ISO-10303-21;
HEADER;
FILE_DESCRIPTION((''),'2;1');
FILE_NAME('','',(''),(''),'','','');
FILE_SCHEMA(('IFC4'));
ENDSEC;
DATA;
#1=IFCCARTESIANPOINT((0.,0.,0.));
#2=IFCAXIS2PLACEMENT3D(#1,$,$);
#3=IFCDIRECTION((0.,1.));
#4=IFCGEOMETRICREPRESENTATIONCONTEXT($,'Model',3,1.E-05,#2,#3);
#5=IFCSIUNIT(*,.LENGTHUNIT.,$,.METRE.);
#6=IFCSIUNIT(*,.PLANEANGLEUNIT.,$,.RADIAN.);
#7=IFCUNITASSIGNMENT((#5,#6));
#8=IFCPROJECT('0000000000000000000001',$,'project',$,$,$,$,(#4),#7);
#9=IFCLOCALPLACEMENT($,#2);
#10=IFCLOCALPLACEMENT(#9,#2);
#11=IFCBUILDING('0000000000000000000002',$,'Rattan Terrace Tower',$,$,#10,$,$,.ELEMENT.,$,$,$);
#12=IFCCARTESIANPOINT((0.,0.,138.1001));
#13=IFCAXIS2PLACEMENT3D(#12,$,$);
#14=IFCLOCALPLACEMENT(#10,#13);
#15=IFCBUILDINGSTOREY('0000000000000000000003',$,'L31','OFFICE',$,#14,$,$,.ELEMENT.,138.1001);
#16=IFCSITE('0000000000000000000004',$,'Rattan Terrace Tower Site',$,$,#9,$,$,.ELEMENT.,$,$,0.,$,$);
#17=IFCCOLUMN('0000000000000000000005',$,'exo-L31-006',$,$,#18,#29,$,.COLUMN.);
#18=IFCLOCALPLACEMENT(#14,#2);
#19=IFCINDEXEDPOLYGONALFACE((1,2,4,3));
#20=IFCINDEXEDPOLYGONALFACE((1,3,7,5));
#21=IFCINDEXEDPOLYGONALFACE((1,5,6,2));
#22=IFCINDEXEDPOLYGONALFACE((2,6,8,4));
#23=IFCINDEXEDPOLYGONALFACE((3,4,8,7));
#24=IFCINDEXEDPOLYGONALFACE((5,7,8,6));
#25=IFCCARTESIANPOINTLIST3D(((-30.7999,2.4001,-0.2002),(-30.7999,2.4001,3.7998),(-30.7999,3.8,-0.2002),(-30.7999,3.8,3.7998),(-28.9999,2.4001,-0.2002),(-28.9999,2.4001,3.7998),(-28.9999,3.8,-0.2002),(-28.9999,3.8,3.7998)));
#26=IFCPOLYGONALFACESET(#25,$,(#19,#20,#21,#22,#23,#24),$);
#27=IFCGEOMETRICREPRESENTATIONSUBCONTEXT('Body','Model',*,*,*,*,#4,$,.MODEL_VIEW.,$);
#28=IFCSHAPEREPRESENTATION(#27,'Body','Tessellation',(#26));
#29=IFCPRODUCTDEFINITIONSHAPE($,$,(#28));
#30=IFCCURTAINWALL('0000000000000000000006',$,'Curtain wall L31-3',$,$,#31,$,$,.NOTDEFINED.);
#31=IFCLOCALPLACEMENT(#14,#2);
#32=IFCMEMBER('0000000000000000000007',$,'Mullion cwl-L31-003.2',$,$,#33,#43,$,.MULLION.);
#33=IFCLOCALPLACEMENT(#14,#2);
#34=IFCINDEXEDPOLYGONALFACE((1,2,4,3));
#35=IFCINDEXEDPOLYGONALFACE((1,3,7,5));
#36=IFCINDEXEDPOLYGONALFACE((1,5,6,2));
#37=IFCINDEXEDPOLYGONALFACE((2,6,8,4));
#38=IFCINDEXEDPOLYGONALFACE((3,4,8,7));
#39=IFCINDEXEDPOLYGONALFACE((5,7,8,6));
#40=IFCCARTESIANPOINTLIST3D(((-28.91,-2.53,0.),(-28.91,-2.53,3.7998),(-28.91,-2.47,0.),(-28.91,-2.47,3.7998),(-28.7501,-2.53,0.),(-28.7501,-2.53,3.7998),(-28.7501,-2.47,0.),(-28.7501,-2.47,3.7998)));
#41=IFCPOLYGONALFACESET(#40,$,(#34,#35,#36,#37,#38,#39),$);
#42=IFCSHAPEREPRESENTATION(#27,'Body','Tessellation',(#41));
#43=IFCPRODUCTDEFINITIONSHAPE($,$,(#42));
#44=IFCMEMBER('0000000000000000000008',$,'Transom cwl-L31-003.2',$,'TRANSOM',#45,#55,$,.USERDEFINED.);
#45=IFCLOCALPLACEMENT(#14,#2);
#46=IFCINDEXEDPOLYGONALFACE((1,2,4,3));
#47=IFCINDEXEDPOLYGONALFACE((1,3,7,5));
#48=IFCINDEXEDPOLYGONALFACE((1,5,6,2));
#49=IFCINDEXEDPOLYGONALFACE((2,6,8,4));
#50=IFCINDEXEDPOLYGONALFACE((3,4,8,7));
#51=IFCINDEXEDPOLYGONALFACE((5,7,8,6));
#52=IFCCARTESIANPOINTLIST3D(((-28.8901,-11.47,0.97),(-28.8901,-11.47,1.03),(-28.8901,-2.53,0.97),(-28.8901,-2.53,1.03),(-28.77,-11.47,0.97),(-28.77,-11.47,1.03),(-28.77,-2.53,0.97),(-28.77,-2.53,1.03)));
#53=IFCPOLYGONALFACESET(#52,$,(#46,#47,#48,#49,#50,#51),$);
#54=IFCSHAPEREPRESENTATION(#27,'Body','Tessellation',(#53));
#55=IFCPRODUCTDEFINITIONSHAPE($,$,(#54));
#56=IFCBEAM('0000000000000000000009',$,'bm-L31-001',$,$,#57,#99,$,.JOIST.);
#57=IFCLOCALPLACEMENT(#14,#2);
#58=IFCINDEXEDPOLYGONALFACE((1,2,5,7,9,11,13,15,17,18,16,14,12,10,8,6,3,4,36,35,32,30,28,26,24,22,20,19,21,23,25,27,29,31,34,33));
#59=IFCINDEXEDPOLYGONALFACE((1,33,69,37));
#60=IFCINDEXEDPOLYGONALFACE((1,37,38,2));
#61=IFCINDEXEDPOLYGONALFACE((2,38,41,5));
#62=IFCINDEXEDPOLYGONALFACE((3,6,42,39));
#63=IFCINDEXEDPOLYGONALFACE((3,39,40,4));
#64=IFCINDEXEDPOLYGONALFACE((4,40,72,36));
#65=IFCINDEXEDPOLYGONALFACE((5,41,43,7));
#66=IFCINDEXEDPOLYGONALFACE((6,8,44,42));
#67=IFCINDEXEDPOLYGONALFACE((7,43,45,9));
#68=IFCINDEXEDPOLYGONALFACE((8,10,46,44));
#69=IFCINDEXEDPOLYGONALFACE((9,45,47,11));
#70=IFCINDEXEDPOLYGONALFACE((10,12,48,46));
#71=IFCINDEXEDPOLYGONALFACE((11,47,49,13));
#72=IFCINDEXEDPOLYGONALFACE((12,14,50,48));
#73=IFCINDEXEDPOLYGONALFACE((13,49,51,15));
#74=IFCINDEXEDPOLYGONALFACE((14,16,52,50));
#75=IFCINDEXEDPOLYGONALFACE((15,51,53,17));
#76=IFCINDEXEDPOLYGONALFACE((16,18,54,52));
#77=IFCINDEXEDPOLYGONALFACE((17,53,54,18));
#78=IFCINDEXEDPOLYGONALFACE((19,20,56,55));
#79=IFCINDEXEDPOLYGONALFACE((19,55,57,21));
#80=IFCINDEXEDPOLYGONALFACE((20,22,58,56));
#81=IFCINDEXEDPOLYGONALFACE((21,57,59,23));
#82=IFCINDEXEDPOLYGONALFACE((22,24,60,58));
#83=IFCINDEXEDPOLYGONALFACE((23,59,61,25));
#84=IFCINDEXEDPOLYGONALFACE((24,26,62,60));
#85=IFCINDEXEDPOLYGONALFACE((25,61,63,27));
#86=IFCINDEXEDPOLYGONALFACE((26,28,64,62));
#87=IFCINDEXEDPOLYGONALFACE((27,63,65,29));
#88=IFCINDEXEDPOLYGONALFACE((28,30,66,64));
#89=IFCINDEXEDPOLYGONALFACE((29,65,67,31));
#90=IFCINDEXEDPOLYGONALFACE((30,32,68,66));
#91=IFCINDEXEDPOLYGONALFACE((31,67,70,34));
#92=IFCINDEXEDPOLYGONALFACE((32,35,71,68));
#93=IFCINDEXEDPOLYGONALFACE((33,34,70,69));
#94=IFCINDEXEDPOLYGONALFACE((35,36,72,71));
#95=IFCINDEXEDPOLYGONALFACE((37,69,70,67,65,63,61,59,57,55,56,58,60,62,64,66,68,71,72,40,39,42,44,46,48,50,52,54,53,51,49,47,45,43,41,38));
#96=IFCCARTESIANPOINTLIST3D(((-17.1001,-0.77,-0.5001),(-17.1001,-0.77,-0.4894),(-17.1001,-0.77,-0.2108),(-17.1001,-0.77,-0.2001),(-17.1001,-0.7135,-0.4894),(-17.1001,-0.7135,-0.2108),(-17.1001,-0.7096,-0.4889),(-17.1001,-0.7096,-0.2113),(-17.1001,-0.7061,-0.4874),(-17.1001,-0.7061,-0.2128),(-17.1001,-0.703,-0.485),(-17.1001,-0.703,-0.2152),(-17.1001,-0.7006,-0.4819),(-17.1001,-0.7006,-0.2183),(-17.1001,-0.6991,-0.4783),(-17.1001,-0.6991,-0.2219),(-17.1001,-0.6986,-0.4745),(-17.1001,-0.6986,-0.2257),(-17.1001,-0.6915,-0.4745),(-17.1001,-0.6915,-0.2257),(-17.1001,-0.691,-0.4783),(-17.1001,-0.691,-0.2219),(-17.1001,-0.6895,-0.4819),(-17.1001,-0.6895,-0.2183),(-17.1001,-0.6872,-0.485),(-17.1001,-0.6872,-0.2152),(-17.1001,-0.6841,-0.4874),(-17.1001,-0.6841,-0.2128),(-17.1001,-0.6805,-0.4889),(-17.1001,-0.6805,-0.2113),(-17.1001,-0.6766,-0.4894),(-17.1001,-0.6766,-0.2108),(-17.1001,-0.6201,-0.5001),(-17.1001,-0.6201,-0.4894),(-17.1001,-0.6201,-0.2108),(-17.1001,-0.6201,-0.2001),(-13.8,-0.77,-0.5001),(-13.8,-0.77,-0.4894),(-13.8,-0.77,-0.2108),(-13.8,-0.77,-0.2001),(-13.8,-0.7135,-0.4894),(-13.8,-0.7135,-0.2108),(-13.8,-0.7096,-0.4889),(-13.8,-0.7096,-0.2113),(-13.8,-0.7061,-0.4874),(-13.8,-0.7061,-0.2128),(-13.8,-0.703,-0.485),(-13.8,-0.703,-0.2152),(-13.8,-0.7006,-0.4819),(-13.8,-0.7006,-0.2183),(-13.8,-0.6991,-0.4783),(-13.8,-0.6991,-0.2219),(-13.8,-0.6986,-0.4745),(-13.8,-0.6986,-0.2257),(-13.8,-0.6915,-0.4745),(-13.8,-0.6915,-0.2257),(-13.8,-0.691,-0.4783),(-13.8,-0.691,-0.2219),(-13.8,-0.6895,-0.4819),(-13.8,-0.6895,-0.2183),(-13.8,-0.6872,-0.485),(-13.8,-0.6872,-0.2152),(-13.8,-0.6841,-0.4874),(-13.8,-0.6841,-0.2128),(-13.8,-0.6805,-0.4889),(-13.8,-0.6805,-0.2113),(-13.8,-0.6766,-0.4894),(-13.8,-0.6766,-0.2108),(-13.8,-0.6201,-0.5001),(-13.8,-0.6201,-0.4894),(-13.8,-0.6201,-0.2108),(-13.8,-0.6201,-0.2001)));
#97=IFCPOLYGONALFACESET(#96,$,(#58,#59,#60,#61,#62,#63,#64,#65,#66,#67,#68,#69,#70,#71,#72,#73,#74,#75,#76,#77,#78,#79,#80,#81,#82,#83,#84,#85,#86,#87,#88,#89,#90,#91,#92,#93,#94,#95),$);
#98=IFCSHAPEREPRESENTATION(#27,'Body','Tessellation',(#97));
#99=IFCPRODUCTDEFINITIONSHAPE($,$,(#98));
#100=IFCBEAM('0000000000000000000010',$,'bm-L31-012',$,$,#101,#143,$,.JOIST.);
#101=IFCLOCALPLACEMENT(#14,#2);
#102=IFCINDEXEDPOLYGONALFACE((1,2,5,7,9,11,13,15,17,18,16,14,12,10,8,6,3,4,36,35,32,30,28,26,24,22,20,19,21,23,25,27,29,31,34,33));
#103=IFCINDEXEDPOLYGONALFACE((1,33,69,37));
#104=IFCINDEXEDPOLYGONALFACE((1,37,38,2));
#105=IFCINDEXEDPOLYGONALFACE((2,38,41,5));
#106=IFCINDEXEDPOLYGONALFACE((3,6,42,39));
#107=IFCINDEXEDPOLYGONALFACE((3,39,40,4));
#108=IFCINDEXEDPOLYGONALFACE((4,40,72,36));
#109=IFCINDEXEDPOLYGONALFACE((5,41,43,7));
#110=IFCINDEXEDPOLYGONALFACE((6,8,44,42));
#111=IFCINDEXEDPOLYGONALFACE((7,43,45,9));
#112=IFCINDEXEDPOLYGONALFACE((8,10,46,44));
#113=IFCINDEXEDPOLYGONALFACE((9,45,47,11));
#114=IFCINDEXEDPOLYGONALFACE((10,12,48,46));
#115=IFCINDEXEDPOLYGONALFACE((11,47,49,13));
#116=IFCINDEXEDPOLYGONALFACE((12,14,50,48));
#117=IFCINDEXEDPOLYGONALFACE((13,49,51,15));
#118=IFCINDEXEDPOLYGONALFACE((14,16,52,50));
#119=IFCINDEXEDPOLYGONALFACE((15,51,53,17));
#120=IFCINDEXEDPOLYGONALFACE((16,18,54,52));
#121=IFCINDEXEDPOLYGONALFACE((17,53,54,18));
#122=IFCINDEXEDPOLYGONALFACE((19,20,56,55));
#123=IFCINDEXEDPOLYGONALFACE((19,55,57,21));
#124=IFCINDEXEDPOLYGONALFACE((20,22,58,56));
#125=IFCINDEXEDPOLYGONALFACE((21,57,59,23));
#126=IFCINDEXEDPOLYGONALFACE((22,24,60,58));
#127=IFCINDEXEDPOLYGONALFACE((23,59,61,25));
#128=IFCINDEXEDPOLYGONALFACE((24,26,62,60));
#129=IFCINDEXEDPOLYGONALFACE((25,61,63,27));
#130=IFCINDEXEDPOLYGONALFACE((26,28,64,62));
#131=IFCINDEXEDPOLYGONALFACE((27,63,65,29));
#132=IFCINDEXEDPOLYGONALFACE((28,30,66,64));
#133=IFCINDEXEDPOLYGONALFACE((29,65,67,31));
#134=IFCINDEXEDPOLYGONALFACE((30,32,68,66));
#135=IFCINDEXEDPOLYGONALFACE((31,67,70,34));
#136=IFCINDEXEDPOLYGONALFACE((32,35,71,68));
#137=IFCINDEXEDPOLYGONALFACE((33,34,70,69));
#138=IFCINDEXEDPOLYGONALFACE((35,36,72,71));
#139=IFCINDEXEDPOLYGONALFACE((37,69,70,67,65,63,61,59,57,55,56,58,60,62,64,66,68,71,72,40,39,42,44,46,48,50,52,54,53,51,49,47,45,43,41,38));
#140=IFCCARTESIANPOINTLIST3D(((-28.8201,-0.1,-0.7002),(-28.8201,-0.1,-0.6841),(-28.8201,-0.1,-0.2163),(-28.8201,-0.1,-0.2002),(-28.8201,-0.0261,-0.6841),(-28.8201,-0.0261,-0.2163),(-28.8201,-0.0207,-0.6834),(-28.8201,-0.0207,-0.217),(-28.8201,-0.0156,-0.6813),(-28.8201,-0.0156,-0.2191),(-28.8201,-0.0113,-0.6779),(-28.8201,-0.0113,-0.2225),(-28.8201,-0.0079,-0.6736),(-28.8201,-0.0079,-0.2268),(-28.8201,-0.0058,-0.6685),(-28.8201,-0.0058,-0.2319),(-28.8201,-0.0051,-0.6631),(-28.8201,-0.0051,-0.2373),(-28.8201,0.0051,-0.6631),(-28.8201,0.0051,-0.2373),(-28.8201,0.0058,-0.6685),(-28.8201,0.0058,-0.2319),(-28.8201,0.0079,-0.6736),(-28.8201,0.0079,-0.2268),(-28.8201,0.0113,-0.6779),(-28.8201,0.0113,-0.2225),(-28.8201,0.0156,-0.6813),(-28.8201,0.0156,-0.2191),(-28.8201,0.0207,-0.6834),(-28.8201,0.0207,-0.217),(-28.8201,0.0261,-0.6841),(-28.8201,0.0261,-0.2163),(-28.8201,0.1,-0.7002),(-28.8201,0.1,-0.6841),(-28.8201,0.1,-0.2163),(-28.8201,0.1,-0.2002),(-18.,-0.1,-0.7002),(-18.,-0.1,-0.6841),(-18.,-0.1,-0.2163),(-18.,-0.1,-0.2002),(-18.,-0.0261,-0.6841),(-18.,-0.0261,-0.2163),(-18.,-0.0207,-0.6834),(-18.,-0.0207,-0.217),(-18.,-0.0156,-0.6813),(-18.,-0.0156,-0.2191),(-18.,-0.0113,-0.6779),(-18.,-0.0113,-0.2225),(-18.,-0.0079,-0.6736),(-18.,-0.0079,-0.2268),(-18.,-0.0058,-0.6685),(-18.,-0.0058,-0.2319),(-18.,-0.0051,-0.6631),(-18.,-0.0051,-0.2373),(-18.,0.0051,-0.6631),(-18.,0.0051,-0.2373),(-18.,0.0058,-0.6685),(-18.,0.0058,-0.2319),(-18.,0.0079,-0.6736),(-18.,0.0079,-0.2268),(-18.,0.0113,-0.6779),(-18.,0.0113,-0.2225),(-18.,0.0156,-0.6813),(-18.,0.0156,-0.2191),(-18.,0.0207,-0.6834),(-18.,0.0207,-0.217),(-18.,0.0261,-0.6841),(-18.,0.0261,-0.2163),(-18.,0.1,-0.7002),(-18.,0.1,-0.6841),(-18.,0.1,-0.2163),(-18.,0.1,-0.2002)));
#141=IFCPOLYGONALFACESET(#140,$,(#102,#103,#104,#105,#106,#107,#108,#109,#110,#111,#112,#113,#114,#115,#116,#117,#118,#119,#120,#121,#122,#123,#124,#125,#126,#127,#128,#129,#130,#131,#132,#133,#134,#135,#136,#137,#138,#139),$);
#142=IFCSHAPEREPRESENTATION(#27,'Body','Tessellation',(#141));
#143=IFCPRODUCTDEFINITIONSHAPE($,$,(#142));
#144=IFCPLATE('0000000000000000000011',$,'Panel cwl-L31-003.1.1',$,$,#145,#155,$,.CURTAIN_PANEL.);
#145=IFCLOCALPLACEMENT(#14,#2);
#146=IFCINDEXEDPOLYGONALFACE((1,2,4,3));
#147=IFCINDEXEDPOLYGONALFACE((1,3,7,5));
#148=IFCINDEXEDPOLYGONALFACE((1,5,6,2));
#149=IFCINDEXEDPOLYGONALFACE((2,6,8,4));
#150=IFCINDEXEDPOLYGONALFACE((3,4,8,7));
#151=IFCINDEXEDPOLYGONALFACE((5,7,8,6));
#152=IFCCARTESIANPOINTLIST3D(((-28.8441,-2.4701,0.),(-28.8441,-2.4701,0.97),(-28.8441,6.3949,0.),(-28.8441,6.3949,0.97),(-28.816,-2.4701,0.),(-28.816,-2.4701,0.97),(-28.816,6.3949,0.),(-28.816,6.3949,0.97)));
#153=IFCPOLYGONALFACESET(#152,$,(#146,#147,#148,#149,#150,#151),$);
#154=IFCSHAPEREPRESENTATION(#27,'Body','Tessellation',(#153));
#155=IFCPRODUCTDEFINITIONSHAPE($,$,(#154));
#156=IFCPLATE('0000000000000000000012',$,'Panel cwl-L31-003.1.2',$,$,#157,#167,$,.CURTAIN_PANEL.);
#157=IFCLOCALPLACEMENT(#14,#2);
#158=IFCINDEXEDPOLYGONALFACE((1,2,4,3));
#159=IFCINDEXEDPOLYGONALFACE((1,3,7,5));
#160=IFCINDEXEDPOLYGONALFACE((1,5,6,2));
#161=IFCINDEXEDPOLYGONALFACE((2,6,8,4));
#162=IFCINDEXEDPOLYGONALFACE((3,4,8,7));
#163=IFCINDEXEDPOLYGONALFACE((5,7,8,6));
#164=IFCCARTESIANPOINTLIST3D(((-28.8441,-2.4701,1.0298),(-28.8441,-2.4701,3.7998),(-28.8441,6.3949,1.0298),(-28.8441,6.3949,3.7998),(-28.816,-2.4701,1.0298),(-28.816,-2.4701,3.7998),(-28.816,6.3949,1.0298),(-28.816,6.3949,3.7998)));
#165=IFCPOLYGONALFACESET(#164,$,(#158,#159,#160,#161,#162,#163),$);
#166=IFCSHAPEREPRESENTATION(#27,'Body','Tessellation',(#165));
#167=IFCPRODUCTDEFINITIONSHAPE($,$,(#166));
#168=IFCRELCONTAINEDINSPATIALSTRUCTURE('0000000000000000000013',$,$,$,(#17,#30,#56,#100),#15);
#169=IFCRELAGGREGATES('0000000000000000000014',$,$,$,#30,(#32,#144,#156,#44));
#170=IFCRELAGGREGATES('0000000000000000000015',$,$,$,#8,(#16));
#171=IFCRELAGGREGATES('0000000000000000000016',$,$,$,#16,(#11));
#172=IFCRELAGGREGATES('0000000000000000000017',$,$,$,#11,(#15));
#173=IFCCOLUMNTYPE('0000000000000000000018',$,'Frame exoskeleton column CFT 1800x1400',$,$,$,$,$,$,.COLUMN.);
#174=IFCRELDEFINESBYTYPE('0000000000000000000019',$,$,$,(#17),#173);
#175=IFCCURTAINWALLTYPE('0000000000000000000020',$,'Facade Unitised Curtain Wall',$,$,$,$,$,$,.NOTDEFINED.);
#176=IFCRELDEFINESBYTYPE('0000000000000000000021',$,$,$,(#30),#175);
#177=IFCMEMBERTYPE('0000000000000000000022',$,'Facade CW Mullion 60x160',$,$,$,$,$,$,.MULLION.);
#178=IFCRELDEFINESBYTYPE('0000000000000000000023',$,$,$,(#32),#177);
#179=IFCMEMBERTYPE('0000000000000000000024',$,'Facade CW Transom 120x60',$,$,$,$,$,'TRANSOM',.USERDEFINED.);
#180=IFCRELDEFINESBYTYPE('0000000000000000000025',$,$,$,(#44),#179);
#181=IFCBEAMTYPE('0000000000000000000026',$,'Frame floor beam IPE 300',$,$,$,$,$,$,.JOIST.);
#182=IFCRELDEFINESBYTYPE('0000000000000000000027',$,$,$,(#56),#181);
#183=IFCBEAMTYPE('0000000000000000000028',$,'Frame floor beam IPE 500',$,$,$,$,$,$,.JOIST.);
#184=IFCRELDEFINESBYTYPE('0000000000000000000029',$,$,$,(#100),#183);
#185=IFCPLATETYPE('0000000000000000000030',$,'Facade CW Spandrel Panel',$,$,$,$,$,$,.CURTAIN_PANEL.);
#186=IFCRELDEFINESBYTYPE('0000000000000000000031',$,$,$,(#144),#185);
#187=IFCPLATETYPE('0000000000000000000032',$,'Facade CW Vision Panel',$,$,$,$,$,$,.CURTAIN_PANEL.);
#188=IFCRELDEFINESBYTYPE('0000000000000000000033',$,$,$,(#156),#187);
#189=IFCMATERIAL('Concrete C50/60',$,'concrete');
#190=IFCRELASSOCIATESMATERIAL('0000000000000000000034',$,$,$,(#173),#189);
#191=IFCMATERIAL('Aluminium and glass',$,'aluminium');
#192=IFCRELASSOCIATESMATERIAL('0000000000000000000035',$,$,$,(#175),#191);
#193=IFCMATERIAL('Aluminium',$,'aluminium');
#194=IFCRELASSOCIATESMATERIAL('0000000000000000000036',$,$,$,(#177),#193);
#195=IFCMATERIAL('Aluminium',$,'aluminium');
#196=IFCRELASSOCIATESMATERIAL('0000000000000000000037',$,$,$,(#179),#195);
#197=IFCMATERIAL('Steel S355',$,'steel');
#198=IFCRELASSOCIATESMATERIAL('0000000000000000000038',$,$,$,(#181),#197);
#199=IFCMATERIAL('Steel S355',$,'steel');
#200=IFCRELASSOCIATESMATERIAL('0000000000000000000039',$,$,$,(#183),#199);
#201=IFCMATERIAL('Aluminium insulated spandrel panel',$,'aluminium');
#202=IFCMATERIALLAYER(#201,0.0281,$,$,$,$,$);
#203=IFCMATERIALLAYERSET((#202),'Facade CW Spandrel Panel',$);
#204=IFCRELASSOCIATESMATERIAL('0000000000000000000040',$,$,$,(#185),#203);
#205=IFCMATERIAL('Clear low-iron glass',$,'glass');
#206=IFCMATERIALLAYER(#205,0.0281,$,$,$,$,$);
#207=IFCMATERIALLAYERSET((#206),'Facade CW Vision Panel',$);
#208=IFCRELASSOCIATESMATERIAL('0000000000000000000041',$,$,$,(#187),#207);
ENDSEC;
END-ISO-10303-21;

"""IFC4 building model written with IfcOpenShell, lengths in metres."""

from ifc_helpers import new_model, si_unit, direction, frame, origin, origin_2d, place, context, subcontext, project, spatial, rectangle, i_section, extrude, material, layer, layer_set, material_profile, profile_set, type_object, element, aggregate, save


model = new_model("IFC4")

# Units and contexts
model_context = context("Model", 3, precision=1e-05, world=origin(), true_north=direction((0.0, 1.0)))
body_context = subcontext(model_context, "Body", "Model", "MODEL_VIEW")
ifc_project = project(units=[si_unit("LENGTHUNIT", "METRE"), si_unit("PLANEANGLEUNIT", "RADIAN")], contexts=[model_context])

# Site, building, storey
site_placement = place(None, origin())
site = spatial("IfcSite", under=ifc_project, at=site_placement, Name="Rattan Terrace Tower Site", CompositionType="ELEMENT", RefElevation=0.0)
building_placement = place(site_placement, origin())
building = spatial("IfcBuilding", under=site, at=building_placement, Name="Rattan Terrace Tower", CompositionType="ELEMENT")
storey_placement = place(building_placement, frame((0.0, 0.0, 138.1001)))
storey = spatial("IfcBuildingStorey", under=building, at=storey_placement, Name="L31", Description="OFFICE", CompositionType="ELEMENT", Elevation=138.1001)

# Column
ifc_material_1 = material(Name="Concrete C50/60", Category="concrete")
ifc_material_profile_1 = material_profile(ifc_material_1, rectangle(XDim=1.3999, YDim=1.8, at=origin_2d()), Name="CFT 1800x1400")
ifc_profile_set_1 = profile_set([ifc_material_profile_1], Name="Concrete C50/60")
column_type = type_object("IfcColumnType", Name="Frame exoskeleton column CFT 1800x1400", PredefinedType="COLUMN", material=ifc_profile_set_1)
column_placement = place(storey_placement, frame((-29.8999, 3.1001, -0.2002), z_axis=(0.0, 0.0, 1.0), x_axis=(0.0, 1.0, 0.0)))
element("IfcColumn", 1, at=column_placement, inside=storey, type_object=column_type, Name="exo-L31-006", PredefinedType="COLUMN", context=body_context, shape_type="SweptSolid", body=[
    extrude(rectangle(XDim=1.3999, YDim=1.8, at=origin_2d()), origin(), (0.0, 0.0, 1.0), 4.0),
])

# Curtain wall, members
ifc_material_2 = material(Name="Aluminium and glass", Category="aluminium")
curtain_wall_type = type_object("IfcCurtainWallType", Name="Facade Unitised Curtain Wall", PredefinedType="NOTDEFINED", material=ifc_material_2)
curtain_wall_placement = place(storey_placement, origin())
curtain_wall = element("IfcCurtainWall", 2, at=curtain_wall_placement, inside=storey, type_object=curtain_wall_type, Name="Curtain wall L31-3", PredefinedType="NOTDEFINED")
ifc_material_3 = material(Name="Aluminium", Category="aluminium")
ifc_material_profile_2 = material_profile(ifc_material_3, rectangle(XDim=0.0601, YDim=0.1599, at=origin_2d()), Name="Aluminium 60x160")
ifc_profile_set_2 = profile_set([ifc_material_profile_2], Name="Aluminium")
member_type_1 = type_object("IfcMemberType", Name="Facade CW Mullion 60x160", PredefinedType="MULLION", material=ifc_profile_set_2)
member_1_placement = place(storey_placement, frame((-28.8301, -2.5, 0.0), z_axis=(0.0, 0.0, 1.0), x_axis=(0.0, -1.0, 0.0)))
member_1 = element("IfcMember", 3, at=member_1_placement, type_object=member_type_1, Name="Mullion cwl-L31-003.2", PredefinedType="MULLION", context=body_context, shape_type="SweptSolid", body=[
    extrude(rectangle(XDim=0.0601, YDim=0.1599, at=origin_2d()), origin(), (0.0, 0.0, 1.0), 3.7998),
])
ifc_material_4 = material(Name="Aluminium", Category="aluminium")
ifc_material_profile_3 = material_profile(ifc_material_4, rectangle(XDim=0.1201, YDim=0.0601, at=origin_2d()), Name="Aluminium 120x60")
ifc_profile_set_3 = profile_set([ifc_material_profile_3], Name="Aluminium")
member_type_2 = type_object("IfcMemberType", Name="Facade CW Transom 120x60", ElementType="TRANSOM", PredefinedType="USERDEFINED", material=ifc_profile_set_3)
member_2_placement = place(storey_placement, frame((-28.8301, -2.53, 1.0), z_axis=(0.0, -1.0, 0.0), x_axis=(1.0, 0.0, 0.0)))
member_2 = element("IfcMember", 4, at=member_2_placement, type_object=member_type_2, Name="Transom cwl-L31-003.2", ObjectType="TRANSOM", PredefinedType="USERDEFINED", context=body_context, shape_type="SweptSolid", body=[
    extrude(rectangle(XDim=0.1201, YDim=0.0601, at=origin_2d()), origin(), (0.0, 0.0, 1.0), 8.9399),
])

# Beams
ifc_material_5 = material(Name="Steel S355", Category="steel")
ifc_material_profile_4 = material_profile(ifc_material_5, i_section(OverallWidth=0.1499, OverallDepth=0.3, WebThickness=0.0071, FlangeThickness=0.0107, FilletRadius=0.0149, at=origin_2d()), Name="IPE 300")
ifc_profile_set_4 = profile_set([ifc_material_profile_4], Name="Steel S355")
beam_type_1 = type_object("IfcBeamType", Name="Frame floor beam IPE 300", PredefinedType="JOIST", material=ifc_profile_set_4)
beam_1_placement = place(storey_placement, frame((-17.1001, -0.6951, -0.3501), z_axis=(1.0, 0.0, 0.0), x_axis=(0.0, 1.0, 0.0)))
element("IfcBeam", 5, at=beam_1_placement, inside=storey, type_object=beam_type_1, Name="bm-L31-001", PredefinedType="JOIST", context=body_context, shape_type="SweptSolid", body=[
    extrude(i_section(OverallWidth=0.1499, OverallDepth=0.3, WebThickness=0.0071, FlangeThickness=0.0107, FilletRadius=0.0149, at=origin_2d()), origin(), (0.0, 0.0, 1.0), 3.3),
])
ifc_material_6 = material(Name="Steel S355", Category="steel")
ifc_material_profile_5 = material_profile(ifc_material_6, i_section(OverallWidth=0.2, OverallDepth=0.5, WebThickness=0.0103, FlangeThickness=0.0161, FilletRadius=0.021, at=origin_2d()), Name="IPE 500")
ifc_profile_set_5 = profile_set([ifc_material_profile_5], Name="Steel S355")
beam_type_2 = type_object("IfcBeamType", Name="Frame floor beam IPE 500", PredefinedType="JOIST", material=ifc_profile_set_5)
beam_2_placement = place(storey_placement, frame((-28.8201, 0.0, -0.4502), z_axis=(1.0, 0.0, 0.0), x_axis=(0.0, 1.0, 0.0)))
element("IfcBeam", 6, at=beam_2_placement, inside=storey, type_object=beam_type_2, Name="bm-L31-012", PredefinedType="JOIST", context=body_context, shape_type="SweptSolid", body=[
    extrude(i_section(OverallWidth=0.2, OverallDepth=0.5, WebThickness=0.0103, FlangeThickness=0.0161, FilletRadius=0.021, at=origin_2d()), origin(), (0.0, 0.0, 1.0), 10.8201),
])

# Plates
ifc_material_7 = material(Name="Aluminium insulated spandrel panel", Category="aluminium")
ifc_layer_1 = layer(ifc_material_7, 0.0281)
ifc_layer_set_1 = layer_set([ifc_layer_1], Name="Facade CW Spandrel Panel")
plate_type_1 = type_object("IfcPlateType", Name="Facade CW Spandrel Panel", PredefinedType="CURTAIN_PANEL", material=ifc_layer_set_1)
plate_1_placement = place(storey_placement, frame((-28.8301, 1.9624, 0.0), z_axis=(0.0, 0.0, 1.0), x_axis=(0.0, -1.0, 0.0)))
plate_1 = element("IfcPlate", 7, at=plate_1_placement, type_object=plate_type_1, Name="Panel cwl-L31-003.1.1", PredefinedType="CURTAIN_PANEL", context=body_context, shape_type="SweptSolid", body=[
    extrude(rectangle(XDim=8.865, YDim=0.0281, at=origin_2d()), origin(), (0.0, 0.0, 1.0), 0.97),
])
ifc_material_8 = material(Name="Clear low-iron glass", Category="glass")
ifc_layer_2 = layer(ifc_material_8, 0.0281)
ifc_layer_set_2 = layer_set([ifc_layer_2], Name="Facade CW Vision Panel")
plate_type_2 = type_object("IfcPlateType", Name="Facade CW Vision Panel", PredefinedType="CURTAIN_PANEL", material=ifc_layer_set_2)
plate_2_placement = place(storey_placement, frame((-28.8301, 1.9624, 1.0298), z_axis=(0.0, 0.0, 1.0), x_axis=(0.0, -1.0, 0.0)))
plate_2 = element("IfcPlate", 8, at=plate_2_placement, type_object=plate_type_2, Name="Panel cwl-L31-003.1.2", PredefinedType="CURTAIN_PANEL", context=body_context, shape_type="SweptSolid", body=[
    extrude(rectangle(XDim=8.865, YDim=0.0281, at=origin_2d()), origin(), (0.0, 0.0, 1.0), 2.77),
])
aggregate(curtain_wall, [member_1, plate_1, plate_2, member_2])

save(model, "model.ifc")
